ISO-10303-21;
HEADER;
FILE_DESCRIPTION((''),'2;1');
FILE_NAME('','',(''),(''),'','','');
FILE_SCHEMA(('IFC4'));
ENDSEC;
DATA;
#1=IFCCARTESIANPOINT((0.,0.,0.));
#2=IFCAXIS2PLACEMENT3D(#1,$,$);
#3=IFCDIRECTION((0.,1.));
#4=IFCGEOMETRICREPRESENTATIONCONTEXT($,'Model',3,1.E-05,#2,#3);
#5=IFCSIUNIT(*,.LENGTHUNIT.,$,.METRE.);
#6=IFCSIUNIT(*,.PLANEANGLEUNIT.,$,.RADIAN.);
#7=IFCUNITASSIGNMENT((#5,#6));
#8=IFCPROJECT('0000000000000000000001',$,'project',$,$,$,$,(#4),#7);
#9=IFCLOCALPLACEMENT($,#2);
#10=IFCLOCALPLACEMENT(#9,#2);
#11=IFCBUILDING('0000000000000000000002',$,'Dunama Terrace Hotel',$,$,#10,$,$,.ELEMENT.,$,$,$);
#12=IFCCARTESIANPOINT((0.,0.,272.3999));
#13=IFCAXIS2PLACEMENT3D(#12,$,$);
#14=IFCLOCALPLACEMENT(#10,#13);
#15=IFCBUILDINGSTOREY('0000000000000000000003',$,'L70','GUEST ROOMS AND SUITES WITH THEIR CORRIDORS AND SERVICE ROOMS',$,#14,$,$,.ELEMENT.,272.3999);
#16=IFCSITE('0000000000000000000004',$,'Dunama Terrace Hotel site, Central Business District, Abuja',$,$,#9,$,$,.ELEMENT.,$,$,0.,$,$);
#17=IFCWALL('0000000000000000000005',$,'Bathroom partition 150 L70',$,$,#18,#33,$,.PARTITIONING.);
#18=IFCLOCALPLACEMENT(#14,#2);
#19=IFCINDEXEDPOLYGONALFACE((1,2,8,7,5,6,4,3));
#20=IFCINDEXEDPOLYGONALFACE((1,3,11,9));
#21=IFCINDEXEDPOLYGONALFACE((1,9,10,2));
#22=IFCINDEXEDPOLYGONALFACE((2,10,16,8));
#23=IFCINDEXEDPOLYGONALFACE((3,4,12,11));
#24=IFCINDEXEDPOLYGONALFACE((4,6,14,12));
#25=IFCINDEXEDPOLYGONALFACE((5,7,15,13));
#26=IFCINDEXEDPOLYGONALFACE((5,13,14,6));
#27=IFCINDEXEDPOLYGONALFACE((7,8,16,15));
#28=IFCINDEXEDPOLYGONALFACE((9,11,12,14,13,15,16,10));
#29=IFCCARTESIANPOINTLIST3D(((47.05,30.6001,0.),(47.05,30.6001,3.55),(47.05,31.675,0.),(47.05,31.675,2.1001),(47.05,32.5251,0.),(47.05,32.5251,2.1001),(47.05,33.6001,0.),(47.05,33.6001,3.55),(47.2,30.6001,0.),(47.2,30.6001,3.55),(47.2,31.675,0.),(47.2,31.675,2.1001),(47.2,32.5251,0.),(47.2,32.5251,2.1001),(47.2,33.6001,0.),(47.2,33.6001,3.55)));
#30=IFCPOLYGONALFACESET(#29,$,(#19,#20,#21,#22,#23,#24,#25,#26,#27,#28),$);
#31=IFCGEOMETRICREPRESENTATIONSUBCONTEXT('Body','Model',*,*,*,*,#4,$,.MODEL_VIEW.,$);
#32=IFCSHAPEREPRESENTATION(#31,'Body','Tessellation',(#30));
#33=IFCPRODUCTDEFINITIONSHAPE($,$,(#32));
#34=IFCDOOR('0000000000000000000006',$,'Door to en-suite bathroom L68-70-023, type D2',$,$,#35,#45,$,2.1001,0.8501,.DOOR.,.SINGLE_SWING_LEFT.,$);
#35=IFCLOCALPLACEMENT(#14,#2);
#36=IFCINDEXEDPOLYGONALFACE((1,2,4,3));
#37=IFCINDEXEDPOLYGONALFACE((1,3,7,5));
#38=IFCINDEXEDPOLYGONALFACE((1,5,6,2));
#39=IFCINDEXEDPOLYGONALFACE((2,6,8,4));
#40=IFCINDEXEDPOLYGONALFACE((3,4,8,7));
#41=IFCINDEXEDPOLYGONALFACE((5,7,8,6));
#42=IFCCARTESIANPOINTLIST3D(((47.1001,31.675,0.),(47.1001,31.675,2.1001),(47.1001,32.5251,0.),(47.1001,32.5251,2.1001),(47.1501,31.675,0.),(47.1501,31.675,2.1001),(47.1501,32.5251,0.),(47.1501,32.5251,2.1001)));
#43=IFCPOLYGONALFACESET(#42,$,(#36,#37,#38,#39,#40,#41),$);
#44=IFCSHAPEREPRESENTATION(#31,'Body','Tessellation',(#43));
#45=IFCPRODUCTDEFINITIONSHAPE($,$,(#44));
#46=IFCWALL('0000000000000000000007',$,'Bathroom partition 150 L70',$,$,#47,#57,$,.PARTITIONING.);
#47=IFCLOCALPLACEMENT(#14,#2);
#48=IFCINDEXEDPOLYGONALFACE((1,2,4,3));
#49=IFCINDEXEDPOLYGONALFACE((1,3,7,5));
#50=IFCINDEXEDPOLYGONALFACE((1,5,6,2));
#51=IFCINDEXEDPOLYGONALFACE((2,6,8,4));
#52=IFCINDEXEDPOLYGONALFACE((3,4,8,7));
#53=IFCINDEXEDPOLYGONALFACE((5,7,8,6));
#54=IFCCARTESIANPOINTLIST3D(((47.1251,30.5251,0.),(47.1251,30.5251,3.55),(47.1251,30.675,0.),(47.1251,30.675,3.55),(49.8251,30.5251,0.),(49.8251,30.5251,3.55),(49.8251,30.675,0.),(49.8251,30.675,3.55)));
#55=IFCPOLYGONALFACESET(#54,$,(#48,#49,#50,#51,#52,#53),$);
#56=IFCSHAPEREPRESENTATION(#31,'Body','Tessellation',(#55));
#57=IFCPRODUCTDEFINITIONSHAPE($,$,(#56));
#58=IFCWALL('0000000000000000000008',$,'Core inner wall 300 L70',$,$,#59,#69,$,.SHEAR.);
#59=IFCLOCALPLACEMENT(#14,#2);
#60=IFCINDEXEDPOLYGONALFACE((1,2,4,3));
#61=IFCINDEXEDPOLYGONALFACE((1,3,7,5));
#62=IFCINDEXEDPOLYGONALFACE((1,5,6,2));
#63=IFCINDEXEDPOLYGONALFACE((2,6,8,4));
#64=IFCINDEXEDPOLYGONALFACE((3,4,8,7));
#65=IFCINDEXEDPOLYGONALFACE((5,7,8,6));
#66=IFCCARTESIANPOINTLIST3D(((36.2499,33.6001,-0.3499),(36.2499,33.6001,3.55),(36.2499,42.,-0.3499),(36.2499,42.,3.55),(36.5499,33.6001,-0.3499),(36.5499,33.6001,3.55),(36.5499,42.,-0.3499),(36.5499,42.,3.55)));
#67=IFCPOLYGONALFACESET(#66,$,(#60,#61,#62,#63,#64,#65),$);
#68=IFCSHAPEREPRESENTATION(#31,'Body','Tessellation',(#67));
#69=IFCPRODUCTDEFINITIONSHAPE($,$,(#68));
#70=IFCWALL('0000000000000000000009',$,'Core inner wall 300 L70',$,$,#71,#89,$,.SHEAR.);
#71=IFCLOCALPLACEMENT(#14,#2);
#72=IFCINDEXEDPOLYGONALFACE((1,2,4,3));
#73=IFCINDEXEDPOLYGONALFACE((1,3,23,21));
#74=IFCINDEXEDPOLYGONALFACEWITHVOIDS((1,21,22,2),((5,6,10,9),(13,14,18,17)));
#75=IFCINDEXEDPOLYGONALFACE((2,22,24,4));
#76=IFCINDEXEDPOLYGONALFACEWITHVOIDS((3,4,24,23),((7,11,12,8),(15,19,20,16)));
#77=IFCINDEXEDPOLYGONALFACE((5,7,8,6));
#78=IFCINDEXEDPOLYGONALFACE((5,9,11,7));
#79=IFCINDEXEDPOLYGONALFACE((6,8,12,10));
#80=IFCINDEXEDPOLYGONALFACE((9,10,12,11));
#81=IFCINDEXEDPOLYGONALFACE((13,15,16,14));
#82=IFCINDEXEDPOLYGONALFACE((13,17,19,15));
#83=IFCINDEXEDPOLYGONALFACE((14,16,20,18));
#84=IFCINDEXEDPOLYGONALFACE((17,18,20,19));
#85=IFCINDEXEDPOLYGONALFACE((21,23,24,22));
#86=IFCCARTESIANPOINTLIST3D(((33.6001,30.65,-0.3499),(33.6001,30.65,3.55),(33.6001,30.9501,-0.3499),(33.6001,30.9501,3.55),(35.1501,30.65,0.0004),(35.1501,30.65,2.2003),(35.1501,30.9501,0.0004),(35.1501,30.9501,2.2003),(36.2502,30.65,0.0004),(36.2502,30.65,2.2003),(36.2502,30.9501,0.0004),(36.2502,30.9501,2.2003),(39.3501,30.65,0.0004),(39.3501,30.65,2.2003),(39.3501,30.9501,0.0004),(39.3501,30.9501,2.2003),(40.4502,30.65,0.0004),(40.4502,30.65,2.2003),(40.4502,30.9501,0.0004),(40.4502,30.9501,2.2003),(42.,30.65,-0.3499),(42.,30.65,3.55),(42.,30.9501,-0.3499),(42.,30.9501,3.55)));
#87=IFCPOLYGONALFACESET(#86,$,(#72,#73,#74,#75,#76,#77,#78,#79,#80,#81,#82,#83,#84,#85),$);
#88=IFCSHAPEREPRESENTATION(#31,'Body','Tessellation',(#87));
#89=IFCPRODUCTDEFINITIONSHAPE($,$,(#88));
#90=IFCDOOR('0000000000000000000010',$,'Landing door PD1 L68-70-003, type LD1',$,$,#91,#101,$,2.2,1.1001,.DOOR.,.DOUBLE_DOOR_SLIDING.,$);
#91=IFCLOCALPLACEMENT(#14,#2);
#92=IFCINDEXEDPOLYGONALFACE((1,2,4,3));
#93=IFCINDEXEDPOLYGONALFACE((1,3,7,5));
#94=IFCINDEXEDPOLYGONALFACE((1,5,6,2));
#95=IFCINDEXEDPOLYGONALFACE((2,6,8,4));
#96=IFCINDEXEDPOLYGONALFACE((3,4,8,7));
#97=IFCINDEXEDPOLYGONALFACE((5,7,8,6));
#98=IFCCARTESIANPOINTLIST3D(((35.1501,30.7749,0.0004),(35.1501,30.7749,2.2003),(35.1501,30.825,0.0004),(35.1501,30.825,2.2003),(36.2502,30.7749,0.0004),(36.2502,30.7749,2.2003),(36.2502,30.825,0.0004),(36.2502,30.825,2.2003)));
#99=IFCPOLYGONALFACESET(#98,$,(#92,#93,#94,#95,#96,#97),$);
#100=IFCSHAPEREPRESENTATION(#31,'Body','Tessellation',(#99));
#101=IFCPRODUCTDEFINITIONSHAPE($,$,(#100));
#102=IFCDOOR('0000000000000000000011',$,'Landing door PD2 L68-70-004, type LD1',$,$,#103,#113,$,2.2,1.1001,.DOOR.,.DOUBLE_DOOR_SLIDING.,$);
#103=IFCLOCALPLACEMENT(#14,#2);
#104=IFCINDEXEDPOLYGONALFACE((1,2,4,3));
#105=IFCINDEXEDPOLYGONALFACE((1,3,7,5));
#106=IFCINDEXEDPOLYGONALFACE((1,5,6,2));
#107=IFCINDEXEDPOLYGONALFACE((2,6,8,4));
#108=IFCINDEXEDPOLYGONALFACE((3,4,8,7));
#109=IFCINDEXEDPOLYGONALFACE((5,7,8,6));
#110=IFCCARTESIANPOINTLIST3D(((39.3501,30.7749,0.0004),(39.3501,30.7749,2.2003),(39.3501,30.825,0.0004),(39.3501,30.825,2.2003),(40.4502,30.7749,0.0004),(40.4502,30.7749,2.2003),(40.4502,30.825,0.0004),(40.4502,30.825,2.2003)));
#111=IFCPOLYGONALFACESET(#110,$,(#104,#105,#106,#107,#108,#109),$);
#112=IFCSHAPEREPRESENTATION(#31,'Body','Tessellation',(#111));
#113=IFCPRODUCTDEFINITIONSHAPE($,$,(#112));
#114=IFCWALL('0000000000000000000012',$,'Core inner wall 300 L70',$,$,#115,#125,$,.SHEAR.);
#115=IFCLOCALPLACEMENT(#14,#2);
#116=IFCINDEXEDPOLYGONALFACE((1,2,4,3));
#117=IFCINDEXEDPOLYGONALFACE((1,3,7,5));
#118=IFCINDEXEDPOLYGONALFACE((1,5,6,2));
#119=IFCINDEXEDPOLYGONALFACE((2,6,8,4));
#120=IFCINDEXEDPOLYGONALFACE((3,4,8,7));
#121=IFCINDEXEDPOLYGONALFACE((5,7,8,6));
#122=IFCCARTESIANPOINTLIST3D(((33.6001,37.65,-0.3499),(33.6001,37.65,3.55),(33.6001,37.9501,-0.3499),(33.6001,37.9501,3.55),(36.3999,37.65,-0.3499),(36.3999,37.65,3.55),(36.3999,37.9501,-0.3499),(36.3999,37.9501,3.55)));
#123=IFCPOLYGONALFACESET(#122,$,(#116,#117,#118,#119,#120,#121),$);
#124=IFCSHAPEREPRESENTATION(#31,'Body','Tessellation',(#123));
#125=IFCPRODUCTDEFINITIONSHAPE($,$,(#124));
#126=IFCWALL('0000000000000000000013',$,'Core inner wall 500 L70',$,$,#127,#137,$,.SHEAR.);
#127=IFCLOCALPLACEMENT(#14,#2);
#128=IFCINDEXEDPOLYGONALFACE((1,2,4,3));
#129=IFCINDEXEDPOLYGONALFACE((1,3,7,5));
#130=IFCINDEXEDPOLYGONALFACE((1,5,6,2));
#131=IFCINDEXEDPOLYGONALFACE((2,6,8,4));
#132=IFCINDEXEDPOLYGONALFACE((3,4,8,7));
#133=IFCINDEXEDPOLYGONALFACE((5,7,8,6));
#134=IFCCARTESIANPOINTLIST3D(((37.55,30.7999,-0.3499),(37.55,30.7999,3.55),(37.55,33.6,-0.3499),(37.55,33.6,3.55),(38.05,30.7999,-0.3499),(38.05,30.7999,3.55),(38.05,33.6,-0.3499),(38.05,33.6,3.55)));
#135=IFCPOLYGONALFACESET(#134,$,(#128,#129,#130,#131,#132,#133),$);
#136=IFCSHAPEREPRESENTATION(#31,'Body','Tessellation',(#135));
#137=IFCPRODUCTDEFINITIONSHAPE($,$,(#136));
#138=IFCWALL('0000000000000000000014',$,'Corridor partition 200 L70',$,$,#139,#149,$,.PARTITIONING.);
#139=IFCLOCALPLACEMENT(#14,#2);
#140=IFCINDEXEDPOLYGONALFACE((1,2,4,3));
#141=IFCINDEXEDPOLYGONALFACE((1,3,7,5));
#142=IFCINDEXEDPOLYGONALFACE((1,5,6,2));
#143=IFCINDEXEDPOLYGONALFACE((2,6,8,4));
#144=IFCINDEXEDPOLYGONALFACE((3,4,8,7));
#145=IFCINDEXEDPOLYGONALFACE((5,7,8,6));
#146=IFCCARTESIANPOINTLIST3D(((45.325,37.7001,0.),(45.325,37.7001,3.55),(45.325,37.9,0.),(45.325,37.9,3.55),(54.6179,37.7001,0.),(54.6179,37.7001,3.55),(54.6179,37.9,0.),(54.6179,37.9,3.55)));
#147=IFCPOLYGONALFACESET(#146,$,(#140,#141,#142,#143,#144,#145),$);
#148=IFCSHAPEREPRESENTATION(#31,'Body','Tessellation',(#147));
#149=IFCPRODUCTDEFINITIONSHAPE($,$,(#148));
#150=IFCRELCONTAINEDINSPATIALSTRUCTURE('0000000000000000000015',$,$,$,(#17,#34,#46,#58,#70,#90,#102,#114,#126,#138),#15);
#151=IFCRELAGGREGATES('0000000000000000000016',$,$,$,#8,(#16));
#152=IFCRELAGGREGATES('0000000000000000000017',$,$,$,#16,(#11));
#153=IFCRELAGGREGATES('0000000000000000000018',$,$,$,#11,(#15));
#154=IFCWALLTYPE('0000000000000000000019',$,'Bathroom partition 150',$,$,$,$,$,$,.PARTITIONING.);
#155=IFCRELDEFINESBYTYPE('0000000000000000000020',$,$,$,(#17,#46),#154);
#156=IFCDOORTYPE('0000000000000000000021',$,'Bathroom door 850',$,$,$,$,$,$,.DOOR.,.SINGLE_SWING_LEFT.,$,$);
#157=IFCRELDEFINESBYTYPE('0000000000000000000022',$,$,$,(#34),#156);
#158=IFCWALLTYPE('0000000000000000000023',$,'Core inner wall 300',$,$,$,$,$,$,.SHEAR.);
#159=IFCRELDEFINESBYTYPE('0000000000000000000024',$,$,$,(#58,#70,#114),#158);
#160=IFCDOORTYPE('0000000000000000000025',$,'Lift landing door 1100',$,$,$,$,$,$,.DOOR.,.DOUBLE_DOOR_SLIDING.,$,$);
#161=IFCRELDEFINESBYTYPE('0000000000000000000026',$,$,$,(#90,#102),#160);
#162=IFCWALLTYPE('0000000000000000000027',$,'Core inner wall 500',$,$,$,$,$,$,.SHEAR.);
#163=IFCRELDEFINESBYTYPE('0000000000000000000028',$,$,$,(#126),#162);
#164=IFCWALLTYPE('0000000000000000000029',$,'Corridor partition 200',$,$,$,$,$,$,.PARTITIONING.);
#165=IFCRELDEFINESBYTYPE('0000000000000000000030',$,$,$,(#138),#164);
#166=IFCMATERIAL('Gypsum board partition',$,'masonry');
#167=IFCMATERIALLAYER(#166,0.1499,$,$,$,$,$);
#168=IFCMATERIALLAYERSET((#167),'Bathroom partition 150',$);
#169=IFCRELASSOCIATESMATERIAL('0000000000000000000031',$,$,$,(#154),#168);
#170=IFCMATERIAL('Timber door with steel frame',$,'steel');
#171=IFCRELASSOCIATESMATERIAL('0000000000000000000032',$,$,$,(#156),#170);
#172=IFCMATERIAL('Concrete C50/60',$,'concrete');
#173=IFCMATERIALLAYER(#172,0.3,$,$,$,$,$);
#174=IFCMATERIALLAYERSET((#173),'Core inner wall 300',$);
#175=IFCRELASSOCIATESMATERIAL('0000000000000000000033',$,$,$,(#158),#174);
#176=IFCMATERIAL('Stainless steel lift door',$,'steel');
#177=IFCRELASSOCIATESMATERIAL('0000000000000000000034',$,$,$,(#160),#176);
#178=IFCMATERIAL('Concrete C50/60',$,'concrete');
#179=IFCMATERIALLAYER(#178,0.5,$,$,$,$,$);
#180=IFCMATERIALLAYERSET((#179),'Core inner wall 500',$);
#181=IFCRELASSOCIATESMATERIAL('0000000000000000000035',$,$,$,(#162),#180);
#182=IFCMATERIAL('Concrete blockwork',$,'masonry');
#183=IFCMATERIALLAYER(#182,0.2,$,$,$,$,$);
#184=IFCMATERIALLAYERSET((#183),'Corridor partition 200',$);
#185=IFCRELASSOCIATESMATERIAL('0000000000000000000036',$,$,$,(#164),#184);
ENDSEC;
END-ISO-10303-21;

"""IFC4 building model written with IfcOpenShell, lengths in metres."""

from ifc_helpers import new_model, si_unit, direction, frame, frame_2d, origin, place, context, subcontext, project, spatial, rectangle, extrude, material, layer, layer_set, type_object, element, fill, save


model = new_model("IFC4")

# Units and contexts
model_context = context("Model", 3, precision=1e-05, world=origin(), true_north=direction((0.0, 1.0)))
body_context = subcontext(model_context, "Body", "Model", "MODEL_VIEW")
ifc_project = project(units=[si_unit("LENGTHUNIT", "METRE"), si_unit("PLANEANGLEUNIT", "RADIAN")], contexts=[model_context])

# Site, building, storey
site_placement = place(None, origin())
site = spatial("IfcSite", under=ifc_project, at=site_placement, Name="Dunama Terrace Hotel site, Central Business District, Abuja", CompositionType="ELEMENT", RefElevation=0.0)
building_placement = place(site_placement, origin())
building = spatial("IfcBuilding", under=site, at=building_placement, Name="Dunama Terrace Hotel", CompositionType="ELEMENT")
storey_placement = place(building_placement, frame((0.0, 0.0, 272.3999)))
storey = spatial("IfcBuildingStorey", under=building, at=storey_placement, Name="L70", Description="GUEST ROOMS AND SUITES WITH THEIR CORRIDORS AND SERVICE ROOMS", CompositionType="ELEMENT", Elevation=272.3999)

# Wall, opening, door
ifc_material_1 = material(Name="Gypsum board partition", Category="masonry")
ifc_layer_1 = layer(ifc_material_1, 0.1499)
ifc_layer_set_1 = layer_set([ifc_layer_1], Name="Bathroom partition 150")
wall_type_1 = type_object("IfcWallType", Name="Bathroom partition 150", PredefinedType="PARTITIONING", material=ifc_layer_set_1)
wall_1_placement = place(storey_placement, frame((47.125, 30.6001, 0.0), z_axis=(0.0, 0.0, 1.0), x_axis=(0.0, 1.0, 0.0)))
wall_1 = element("IfcWall", 1, at=wall_1_placement, inside=storey, type_object=wall_type_1, Name="Bathroom partition 150 L70", PredefinedType="PARTITIONING", context=body_context, shape_type="SweptSolid", body=[
    extrude(rectangle(XDim=3.0, YDim=0.1499, at=frame_2d((1.5, 0.0))), origin(), (0.0, 0.0, 1.0), 3.55),
])
opening_1_placement = place(wall_1_placement, frame((1.075, 0.0, 0.0)))
opening_1 = element("IfcOpeningElement", 2, at=opening_1_placement, cuts=wall_1, PredefinedType="OPENING", context=body_context, shape_type="SweptSolid", body=[
    extrude(rectangle(XDim=0.8501, YDim=2.1001, at=frame_2d((0.425, 1.05))), frame((0.0, 0.085, 0.0), z_axis=(0.0, -1.0, 0.0), x_axis=(1.0, 0.0, 0.0)), (0.0, 0.0, 1.0), 0.1699),
])
ifc_material_2 = material(Name="Timber door with steel frame", Category="steel")
door_type_1 = type_object("IfcDoorType", Name="Bathroom door 850", OperationType="SINGLE_SWING_LEFT", PredefinedType="DOOR", material=ifc_material_2)
door_1_placement = place(opening_1_placement, frame((0.8501, 0.0, 0.0), z_axis=(0.0, 0.0, 1.0), x_axis=(-1.0, 0.0, 0.0)))
door_1 = element("IfcDoor", 3, at=door_1_placement, inside=storey, type_object=door_type_1, Name="Door to en-suite bathroom L68-70-023, type D2", OperationType="SINGLE_SWING_LEFT", OverallHeight=2.1001, OverallWidth=0.8501, PredefinedType="DOOR", context=body_context, shape_type="SweptSolid", body=[
    extrude(rectangle(XDim=0.8501, YDim=2.1001, at=frame_2d((0.425, 1.05))), frame((0.0, 0.0251, 0.0), z_axis=(0.0, -1.0, 0.0), x_axis=(1.0, 0.0, 0.0)), (0.0, 0.0, 1.0), 0.05),
])
fill(opening_1, door_1)

# Walls
wall_2_placement = place(storey_placement, frame((47.125, 30.6001, 0.0), z_axis=(0.0, 0.0, 1.0), x_axis=(1.0, 0.0, 0.0)))
element("IfcWall", 4, at=wall_2_placement, inside=storey, type_object=wall_type_1, Name="Bathroom partition 150 L70", PredefinedType="PARTITIONING", context=body_context, shape_type="SweptSolid", body=[
    extrude(rectangle(XDim=2.7, YDim=0.1499, at=frame_2d((1.3501, 0.0))), origin(), (0.0, 0.0, 1.0), 3.55),
])
ifc_material_3 = material(Name="Concrete C50/60", Category="concrete")
ifc_layer_2 = layer(ifc_material_3, 0.3)
ifc_layer_set_2 = layer_set([ifc_layer_2], Name="Core inner wall 300")
wall_type_2 = type_object("IfcWallType", Name="Core inner wall 300", PredefinedType="SHEAR", material=ifc_layer_set_2)
wall_3_placement = place(storey_placement, frame((36.3999, 33.6001, -0.3499), z_axis=(0.0, 0.0, 1.0), x_axis=(0.0, 1.0, 0.0)))
element("IfcWall", 5, at=wall_3_placement, inside=storey, type_object=wall_type_2, Name="Core inner wall 300 L70", PredefinedType="SHEAR", context=body_context, shape_type="SweptSolid", body=[
    extrude(rectangle(XDim=8.3999, YDim=0.3, at=frame_2d((4.2, 0.0))), origin(), (0.0, 0.0, 1.0), 3.8999),
])

# Wall, openings, doors
wall_4_placement = place(storey_placement, frame((33.6001, 30.8, -0.3499), z_axis=(0.0, 0.0, 1.0), x_axis=(1.0, 0.0, 0.0)))
wall_4 = element("IfcWall", 6, at=wall_4_placement, inside=storey, type_object=wall_type_2, Name="Core inner wall 300 L70", PredefinedType="SHEAR", context=body_context, shape_type="SweptSolid", body=[
    extrude(rectangle(XDim=8.3999, YDim=0.3, at=frame_2d((4.2, 0.0))), origin(), (0.0, 0.0, 1.0), 3.8999),
])
opening_2_placement = place(wall_4_placement, frame((1.55, 0.0, 0.3501)))
opening_2 = element("IfcOpeningElement", 7, at=opening_2_placement, cuts=wall_4, PredefinedType="OPENING", context=body_context, shape_type="SweptSolid", body=[
    extrude(rectangle(XDim=1.1001, YDim=2.2, at=frame_2d((0.55, 1.1001))), frame((0.0, 0.1599, 0.0), z_axis=(0.0, -1.0, 0.0), x_axis=(1.0, 0.0, 0.0)), (0.0, 0.0, 1.0), 0.3201),
])
opening_3_placement = place(wall_4_placement, frame((5.75, 0.0, 0.3501)))
opening_3 = element("IfcOpeningElement", 8, at=opening_3_placement, cuts=wall_4, PredefinedType="OPENING", context=body_context, shape_type="SweptSolid", body=[
    extrude(rectangle(XDim=1.1001, YDim=2.2, at=frame_2d((0.55, 1.1001))), frame((0.0, 0.1599, 0.0), z_axis=(0.0, -1.0, 0.0), x_axis=(1.0, 0.0, 0.0)), (0.0, 0.0, 1.0), 0.3201),
])
ifc_material_4 = material(Name="Stainless steel lift door", Category="steel")
door_type_2 = type_object("IfcDoorType", Name="Lift landing door 1100", OperationType="DOUBLE_DOOR_SLIDING", PredefinedType="DOOR", material=ifc_material_4)
door_2_placement = place(opening_2_placement, origin())
door_2 = element("IfcDoor", 9, at=door_2_placement, inside=storey, type_object=door_type_2, Name="Landing door PD1 L68-70-003, type LD1", OperationType="DOUBLE_DOOR_SLIDING", OverallHeight=2.2, OverallWidth=1.1001, PredefinedType="DOOR", context=body_context, shape_type="SweptSolid", body=[
    extrude(rectangle(XDim=1.1001, YDim=2.2, at=frame_2d((0.55, 1.1001))), frame((0.0, 0.0249, 0.0), z_axis=(0.0, -1.0, 0.0), x_axis=(1.0, 0.0, 0.0)), (0.0, 0.0, 1.0), 0.05),
])
fill(opening_2, door_2)
door_3_placement = place(opening_3_placement, origin())
door_3 = element("IfcDoor", 10, at=door_3_placement, inside=storey, type_object=door_type_2, Name="Landing door PD2 L68-70-004, type LD1", OperationType="DOUBLE_DOOR_SLIDING", OverallHeight=2.2, OverallWidth=1.1001, PredefinedType="DOOR", context=body_context, shape_type="SweptSolid", body=[
    extrude(rectangle(XDim=1.1001, YDim=2.2, at=frame_2d((0.55, 1.1001))), frame((0.0, 0.0249, 0.0), z_axis=(0.0, -1.0, 0.0), x_axis=(1.0, 0.0, 0.0)), (0.0, 0.0, 1.0), 0.05),
])
fill(opening_3, door_3)

# Walls
wall_5_placement = place(storey_placement, frame((33.6001, 37.8, -0.3499), z_axis=(0.0, 0.0, 1.0), x_axis=(1.0, 0.0, 0.0)))
element("IfcWall", 11, at=wall_5_placement, inside=storey, type_object=wall_type_2, Name="Core inner wall 300 L70", PredefinedType="SHEAR", context=body_context, shape_type="SweptSolid", body=[
    extrude(rectangle(XDim=2.7998, YDim=0.3, at=frame_2d((1.3999, 0.0))), origin(), (0.0, 0.0, 1.0), 3.8999),
])
ifc_material_5 = material(Name="Concrete C50/60", Category="concrete")
ifc_layer_3 = layer(ifc_material_5, 0.5)
ifc_layer_set_3 = layer_set([ifc_layer_3], Name="Core inner wall 500")
wall_type_3 = type_object("IfcWallType", Name="Core inner wall 500", PredefinedType="SHEAR", material=ifc_layer_set_3)
wall_6_placement = place(storey_placement, frame((37.8, 30.8, -0.3499), z_axis=(0.0, 0.0, 1.0), x_axis=(0.0, 1.0, 0.0)))
element("IfcWall", 12, at=wall_6_placement, inside=storey, type_object=wall_type_3, Name="Core inner wall 500 L70", PredefinedType="SHEAR", context=body_context, shape_type="SweptSolid", body=[
    extrude(rectangle(XDim=2.8, YDim=0.5, at=frame_2d((1.3999, 0.0))), origin(), (0.0, 0.0, 1.0), 3.8999),
])
ifc_material_6 = material(Name="Concrete blockwork", Category="masonry")
ifc_layer_4 = layer(ifc_material_6, 0.2)
ifc_layer_set_4 = layer_set([ifc_layer_4], Name="Corridor partition 200")
wall_type_4 = type_object("IfcWallType", Name="Corridor partition 200", PredefinedType="PARTITIONING", material=ifc_layer_set_4)
wall_7_placement = place(storey_placement, frame((45.325, 37.8, 0.0), z_axis=(0.0, 0.0, 1.0), x_axis=(1.0, 0.0, 0.0)))
element("IfcWall", 13, at=wall_7_placement, inside=storey, type_object=wall_type_4, Name="Corridor partition 200 L70", PredefinedType="PARTITIONING", context=body_context, shape_type="SweptSolid", body=[
    extrude(rectangle(XDim=9.293, YDim=0.2, at=frame_2d((4.6465, 0.0))), origin(), (0.0, 0.0, 1.0), 3.55),
])

save(model, "model.ifc")
